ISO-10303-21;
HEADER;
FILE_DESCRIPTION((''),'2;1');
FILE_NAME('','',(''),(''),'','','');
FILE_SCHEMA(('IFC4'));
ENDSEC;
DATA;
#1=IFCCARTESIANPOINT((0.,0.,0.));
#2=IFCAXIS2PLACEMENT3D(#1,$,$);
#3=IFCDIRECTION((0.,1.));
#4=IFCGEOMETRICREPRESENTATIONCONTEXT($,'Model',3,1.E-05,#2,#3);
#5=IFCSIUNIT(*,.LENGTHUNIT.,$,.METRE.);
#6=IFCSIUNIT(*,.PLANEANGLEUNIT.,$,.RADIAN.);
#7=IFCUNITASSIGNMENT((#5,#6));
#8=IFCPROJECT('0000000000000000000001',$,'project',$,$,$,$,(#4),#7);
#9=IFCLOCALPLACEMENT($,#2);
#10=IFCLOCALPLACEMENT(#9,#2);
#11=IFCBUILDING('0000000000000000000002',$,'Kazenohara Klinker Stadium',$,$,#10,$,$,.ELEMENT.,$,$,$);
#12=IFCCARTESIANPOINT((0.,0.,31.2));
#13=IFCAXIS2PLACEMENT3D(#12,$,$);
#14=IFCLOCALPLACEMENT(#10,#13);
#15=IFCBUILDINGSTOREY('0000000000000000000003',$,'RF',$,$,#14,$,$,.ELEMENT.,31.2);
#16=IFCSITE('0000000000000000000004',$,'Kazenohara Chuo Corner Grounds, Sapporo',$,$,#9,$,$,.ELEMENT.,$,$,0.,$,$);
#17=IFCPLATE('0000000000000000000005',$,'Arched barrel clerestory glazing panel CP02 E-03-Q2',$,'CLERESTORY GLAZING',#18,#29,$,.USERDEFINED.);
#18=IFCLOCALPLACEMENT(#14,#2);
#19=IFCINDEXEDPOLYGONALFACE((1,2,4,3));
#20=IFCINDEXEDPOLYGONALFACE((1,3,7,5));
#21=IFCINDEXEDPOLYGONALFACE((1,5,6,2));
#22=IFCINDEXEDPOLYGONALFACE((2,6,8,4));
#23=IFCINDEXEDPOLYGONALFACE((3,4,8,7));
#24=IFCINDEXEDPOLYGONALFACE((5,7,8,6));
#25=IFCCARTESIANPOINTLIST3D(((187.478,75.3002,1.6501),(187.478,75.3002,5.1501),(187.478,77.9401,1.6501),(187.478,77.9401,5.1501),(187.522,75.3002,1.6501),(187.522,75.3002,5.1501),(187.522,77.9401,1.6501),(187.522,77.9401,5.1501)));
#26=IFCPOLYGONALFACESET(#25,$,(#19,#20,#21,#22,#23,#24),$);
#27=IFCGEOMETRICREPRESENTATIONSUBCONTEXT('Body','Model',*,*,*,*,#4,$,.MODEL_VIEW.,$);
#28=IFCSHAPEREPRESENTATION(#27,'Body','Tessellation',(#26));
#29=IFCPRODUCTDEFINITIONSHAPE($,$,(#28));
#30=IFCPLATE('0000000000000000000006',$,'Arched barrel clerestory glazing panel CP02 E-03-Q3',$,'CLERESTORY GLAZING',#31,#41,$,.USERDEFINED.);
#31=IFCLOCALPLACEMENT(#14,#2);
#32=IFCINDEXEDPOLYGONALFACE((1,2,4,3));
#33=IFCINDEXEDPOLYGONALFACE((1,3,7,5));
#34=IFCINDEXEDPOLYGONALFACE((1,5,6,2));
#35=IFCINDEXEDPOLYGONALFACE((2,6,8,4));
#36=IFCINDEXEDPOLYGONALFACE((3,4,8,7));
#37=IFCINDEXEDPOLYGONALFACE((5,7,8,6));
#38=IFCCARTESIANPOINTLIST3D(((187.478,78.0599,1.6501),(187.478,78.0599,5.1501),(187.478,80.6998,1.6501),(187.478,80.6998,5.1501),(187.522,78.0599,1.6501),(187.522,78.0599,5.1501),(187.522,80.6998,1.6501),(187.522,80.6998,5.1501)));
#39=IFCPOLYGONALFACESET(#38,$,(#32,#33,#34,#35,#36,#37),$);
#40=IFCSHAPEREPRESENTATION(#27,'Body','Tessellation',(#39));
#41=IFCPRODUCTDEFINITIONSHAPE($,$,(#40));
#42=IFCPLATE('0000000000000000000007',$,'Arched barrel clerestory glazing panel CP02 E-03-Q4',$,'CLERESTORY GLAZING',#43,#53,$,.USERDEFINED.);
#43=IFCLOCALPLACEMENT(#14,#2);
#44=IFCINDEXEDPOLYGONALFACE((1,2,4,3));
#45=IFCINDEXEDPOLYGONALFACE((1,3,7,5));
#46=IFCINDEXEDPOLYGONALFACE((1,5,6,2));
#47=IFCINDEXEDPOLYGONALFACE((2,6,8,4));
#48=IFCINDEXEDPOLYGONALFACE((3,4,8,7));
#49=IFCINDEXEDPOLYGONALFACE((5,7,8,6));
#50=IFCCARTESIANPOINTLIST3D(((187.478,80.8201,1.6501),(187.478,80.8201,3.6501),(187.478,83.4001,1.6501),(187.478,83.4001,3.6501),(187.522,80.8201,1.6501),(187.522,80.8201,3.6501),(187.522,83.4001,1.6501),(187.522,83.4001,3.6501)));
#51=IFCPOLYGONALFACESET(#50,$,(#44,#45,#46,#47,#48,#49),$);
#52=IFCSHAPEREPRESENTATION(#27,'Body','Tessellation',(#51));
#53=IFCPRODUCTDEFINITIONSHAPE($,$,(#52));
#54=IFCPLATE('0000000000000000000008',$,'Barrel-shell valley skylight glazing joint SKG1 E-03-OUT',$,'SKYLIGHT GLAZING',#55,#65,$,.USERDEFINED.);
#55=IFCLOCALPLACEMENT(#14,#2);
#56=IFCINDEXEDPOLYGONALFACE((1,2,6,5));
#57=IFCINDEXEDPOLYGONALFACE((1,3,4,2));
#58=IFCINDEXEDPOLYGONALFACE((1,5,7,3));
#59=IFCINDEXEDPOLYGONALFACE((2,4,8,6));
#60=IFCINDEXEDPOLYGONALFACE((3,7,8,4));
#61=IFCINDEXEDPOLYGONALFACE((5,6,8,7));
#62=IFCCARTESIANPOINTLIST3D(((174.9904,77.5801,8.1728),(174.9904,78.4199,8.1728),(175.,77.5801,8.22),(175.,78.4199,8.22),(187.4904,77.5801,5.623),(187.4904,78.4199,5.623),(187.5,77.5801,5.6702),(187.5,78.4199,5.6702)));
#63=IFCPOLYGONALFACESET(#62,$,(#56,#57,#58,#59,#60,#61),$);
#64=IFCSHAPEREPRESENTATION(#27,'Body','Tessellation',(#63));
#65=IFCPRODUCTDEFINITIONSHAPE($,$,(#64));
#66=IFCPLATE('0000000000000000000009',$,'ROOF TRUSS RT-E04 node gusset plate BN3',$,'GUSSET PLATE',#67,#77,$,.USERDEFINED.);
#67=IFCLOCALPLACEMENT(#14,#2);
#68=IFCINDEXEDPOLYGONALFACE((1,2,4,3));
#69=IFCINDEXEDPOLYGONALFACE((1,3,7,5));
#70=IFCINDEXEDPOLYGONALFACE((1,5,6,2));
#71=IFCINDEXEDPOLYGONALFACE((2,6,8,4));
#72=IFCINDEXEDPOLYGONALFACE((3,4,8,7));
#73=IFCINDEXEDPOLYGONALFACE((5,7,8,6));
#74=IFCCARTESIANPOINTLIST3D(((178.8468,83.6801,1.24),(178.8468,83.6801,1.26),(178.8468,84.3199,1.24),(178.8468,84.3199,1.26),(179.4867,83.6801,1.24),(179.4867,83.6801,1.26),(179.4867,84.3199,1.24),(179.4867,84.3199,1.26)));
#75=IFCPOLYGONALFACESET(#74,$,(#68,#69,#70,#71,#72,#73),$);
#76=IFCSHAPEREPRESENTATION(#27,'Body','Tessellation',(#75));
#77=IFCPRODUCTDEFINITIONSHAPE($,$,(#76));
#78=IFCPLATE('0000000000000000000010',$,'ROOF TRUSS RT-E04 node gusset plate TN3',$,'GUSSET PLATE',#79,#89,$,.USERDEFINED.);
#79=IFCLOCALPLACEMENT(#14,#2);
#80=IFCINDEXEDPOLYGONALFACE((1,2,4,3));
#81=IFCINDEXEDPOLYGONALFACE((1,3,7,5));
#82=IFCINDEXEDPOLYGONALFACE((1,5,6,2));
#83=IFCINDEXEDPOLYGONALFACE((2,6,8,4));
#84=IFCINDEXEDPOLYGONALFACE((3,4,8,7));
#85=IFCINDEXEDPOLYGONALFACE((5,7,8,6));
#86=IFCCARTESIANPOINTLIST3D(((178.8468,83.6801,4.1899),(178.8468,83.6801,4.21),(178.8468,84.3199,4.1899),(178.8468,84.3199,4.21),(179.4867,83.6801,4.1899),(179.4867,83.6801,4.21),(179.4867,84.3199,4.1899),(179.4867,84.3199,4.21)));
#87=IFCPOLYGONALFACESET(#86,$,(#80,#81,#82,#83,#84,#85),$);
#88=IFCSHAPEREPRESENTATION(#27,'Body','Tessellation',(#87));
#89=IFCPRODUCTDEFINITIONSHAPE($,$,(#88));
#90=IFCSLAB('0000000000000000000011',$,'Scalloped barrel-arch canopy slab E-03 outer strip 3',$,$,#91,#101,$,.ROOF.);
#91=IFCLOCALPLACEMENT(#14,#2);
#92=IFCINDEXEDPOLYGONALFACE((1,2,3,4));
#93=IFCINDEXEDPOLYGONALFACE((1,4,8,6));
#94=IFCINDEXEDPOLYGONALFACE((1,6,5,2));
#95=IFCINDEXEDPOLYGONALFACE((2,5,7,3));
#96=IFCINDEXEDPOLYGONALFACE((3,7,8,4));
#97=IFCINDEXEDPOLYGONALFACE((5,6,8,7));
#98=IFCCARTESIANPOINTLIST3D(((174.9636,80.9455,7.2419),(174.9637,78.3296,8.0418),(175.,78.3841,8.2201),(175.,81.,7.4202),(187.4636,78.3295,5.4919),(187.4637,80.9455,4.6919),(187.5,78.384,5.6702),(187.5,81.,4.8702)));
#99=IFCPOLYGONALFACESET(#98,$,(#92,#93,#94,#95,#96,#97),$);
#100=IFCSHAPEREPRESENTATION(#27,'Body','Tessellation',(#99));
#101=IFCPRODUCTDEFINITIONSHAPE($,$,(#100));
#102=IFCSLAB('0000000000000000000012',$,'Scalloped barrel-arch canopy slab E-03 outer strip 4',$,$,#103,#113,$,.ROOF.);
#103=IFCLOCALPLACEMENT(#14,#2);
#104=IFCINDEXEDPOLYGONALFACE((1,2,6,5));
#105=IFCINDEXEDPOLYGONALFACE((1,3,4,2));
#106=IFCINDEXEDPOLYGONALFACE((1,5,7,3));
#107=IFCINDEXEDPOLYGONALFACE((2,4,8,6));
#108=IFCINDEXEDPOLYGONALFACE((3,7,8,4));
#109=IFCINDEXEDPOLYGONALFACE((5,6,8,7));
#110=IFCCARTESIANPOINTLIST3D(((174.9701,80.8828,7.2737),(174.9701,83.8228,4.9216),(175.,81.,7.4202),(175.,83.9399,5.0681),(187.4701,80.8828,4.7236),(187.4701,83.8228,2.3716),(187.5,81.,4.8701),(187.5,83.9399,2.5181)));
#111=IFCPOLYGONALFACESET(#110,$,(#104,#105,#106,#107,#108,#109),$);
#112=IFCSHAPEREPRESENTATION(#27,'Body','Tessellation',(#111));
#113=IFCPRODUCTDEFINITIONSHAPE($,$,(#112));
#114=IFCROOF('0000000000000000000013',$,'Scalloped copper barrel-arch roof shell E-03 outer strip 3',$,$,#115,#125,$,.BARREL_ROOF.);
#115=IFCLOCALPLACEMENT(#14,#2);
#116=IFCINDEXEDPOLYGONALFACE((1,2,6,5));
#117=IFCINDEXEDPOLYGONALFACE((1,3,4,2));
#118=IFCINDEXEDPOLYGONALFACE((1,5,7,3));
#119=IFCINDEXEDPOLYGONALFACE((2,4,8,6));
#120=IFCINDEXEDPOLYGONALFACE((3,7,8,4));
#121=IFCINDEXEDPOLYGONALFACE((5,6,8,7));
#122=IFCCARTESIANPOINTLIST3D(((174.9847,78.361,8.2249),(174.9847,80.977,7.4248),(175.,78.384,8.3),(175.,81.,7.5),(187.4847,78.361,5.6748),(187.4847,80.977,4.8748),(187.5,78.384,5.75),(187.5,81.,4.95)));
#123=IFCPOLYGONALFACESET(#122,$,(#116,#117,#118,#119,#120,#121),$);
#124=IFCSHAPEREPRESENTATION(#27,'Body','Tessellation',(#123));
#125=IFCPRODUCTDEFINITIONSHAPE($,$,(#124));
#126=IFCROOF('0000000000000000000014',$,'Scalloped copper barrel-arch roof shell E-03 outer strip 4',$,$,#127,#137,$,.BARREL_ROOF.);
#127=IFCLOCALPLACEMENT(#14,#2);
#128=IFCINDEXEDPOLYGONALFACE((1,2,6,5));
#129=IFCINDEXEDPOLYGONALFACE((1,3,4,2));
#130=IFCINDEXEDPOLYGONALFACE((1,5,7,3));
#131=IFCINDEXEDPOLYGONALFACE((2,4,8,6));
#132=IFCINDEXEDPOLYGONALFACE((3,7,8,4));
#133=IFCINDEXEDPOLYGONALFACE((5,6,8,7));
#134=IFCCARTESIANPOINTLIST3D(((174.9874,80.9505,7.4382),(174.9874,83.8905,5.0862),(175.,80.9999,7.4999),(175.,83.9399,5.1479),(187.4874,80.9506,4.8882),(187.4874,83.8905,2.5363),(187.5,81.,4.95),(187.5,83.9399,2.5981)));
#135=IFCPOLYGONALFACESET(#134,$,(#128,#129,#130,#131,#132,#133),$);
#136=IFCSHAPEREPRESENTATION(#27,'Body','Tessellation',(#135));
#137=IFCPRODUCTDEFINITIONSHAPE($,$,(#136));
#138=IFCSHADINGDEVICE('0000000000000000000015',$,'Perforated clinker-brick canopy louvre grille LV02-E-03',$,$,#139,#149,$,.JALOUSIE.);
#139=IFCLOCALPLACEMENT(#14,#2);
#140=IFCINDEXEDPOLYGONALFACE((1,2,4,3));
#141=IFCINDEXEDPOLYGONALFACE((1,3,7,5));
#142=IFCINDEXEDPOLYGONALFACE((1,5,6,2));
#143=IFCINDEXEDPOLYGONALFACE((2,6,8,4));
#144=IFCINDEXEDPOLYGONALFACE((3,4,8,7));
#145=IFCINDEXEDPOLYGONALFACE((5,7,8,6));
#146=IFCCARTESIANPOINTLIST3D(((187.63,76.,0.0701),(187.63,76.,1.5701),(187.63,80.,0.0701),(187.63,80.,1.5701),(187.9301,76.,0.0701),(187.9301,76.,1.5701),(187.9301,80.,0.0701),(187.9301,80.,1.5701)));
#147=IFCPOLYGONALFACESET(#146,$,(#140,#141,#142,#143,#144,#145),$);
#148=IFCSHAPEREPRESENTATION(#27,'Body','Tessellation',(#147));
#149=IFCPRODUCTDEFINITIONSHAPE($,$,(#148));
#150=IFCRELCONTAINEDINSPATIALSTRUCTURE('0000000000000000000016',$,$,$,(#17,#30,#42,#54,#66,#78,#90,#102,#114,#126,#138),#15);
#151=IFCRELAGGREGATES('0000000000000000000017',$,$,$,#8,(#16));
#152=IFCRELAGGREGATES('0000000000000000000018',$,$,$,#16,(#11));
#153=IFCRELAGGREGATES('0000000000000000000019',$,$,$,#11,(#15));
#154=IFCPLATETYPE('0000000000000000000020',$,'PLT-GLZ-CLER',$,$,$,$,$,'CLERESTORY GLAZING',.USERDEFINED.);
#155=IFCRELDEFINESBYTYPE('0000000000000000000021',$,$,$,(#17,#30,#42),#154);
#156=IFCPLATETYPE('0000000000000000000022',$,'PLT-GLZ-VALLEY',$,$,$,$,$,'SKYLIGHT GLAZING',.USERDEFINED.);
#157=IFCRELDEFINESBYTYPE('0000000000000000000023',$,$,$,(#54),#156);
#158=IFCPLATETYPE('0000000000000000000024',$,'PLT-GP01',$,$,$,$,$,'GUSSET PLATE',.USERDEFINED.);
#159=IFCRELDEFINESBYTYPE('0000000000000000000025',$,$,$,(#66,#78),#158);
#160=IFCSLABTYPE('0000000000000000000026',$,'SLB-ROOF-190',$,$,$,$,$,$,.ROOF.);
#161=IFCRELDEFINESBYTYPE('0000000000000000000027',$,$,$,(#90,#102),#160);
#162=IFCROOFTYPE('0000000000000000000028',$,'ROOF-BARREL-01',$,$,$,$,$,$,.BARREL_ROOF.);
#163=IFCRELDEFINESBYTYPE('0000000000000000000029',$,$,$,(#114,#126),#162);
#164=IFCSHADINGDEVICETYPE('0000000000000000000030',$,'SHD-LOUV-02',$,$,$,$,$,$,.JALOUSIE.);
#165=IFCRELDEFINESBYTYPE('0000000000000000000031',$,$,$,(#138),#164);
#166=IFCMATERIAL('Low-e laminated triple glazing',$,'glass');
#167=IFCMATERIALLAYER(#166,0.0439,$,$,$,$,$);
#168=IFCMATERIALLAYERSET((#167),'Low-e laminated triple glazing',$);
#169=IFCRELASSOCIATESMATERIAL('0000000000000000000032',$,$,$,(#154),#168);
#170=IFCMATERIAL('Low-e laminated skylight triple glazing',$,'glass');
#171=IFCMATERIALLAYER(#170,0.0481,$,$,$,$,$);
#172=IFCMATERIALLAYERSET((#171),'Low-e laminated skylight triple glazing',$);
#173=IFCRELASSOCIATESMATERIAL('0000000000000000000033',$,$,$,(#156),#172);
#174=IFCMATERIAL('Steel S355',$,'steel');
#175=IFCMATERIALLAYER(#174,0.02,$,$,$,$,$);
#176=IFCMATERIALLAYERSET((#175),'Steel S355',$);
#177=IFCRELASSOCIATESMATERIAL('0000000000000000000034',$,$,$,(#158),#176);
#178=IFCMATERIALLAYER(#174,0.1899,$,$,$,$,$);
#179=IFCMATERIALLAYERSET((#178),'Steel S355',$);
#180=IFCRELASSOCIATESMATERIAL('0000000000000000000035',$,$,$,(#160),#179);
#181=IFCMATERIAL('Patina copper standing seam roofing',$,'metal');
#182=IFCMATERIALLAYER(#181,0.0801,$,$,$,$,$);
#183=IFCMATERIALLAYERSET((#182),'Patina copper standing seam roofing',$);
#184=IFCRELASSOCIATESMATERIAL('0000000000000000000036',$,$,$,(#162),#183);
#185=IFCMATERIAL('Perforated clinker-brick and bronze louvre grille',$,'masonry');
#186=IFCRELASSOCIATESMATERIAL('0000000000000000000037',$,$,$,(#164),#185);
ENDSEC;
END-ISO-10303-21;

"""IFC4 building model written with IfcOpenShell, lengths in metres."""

from ifc_helpers import new_model, si_unit, direction, frame, origin, origin_2d, place, context, subcontext, project, spatial, polyline, rectangle, outline, extrude, material, layer, layer_set, type_object, element, save


model = new_model("IFC4")

# Units and contexts
model_context = context("Model", 3, precision=1e-05, world=origin(), true_north=direction((0.0, 1.0)))
body_context = subcontext(model_context, "Body", "Model", "MODEL_VIEW")
ifc_project = project(units=[si_unit("LENGTHUNIT", "METRE"), si_unit("PLANEANGLEUNIT", "RADIAN")], contexts=[model_context])

# Site, building, storey
site_placement = place(None, origin())
site = spatial("IfcSite", under=ifc_project, at=site_placement, Name="Kazenohara Chuo Corner Grounds, Sapporo", CompositionType="ELEMENT", RefElevation=0.0)
building_placement = place(site_placement, origin())
building = spatial("IfcBuilding", under=site, at=building_placement, Name="Kazenohara Klinker Stadium", CompositionType="ELEMENT")
storey_placement = place(building_placement, frame((0.0, 0.0, 31.2)))
storey = spatial("IfcBuildingStorey", under=building, at=storey_placement, Name="RF", CompositionType="ELEMENT", Elevation=31.2)

# Shared definitions
ifc_material_1 = material(Name="Steel S355", Category="steel")

# Plates
ifc_material_2 = material(Name="Low-e laminated triple glazing", Category="glass")
ifc_layer_1 = layer(ifc_material_2, 0.0439)
ifc_layer_set_1 = layer_set([ifc_layer_1], Name="Low-e laminated triple glazing")
plate_type_1 = type_object("IfcPlateType", Name="PLT-GLZ-CLER", ElementType="CLERESTORY GLAZING", PredefinedType="USERDEFINED", material=ifc_layer_set_1)
for number, where, z_axis, x_axis, name in (
    (1, (187.5, 76.6201, 1.6501), (0.0, 0.0, 1.0), (1.0, 0.0, 0.0), "Arched barrel clerestory glazing panel CP02 E-03-Q2"),
    (2, (187.5, 79.3799, 1.6501), (0.0, 0.0, 1.0), (1.0, 0.0, 0.0), "Arched barrel clerestory glazing panel CP02 E-03-Q3"),
):
    element("IfcPlate", number, at=place(storey_placement, frame(where, z_axis=z_axis, x_axis=x_axis)), inside=storey, type_object=plate_type_1, Name=name, ObjectType="CLERESTORY GLAZING", PredefinedType="USERDEFINED", context=body_context, shape_type="SweptSolid", body=[
        extrude(rectangle(XDim=0.0439, YDim=2.6399, at=origin_2d()), origin(), (0.0, 0.0, 1.0), 3.5),
    ])
plate_1_placement = place(storey_placement, frame((187.5, 82.1101, 1.6501), z_axis=(0.0, 0.0, 1.0), x_axis=(1.0, 0.0, 0.0)))
element("IfcPlate", 3, at=plate_1_placement, inside=storey, type_object=plate_type_1, Name="Arched barrel clerestory glazing panel CP02 E-03-Q4", ObjectType="CLERESTORY GLAZING", PredefinedType="USERDEFINED", context=body_context, shape_type="SweptSolid", body=[
    extrude(rectangle(XDim=0.0439, YDim=2.5801, at=origin_2d()), origin(), (0.0, 0.0, 1.0), 2.0),
])
ifc_material_3 = material(Name="Low-e laminated skylight triple glazing", Category="glass")
ifc_layer_2 = layer(ifc_material_3, 0.0481)
ifc_layer_set_2 = layer_set([ifc_layer_2], Name="Low-e laminated skylight triple glazing")
plate_type_2 = type_object("IfcPlateType", Name="PLT-GLZ-VALLEY", ElementType="SKYLIGHT GLAZING", PredefinedType="USERDEFINED", material=ifc_layer_set_2)
plate_2_placement = place(storey_placement, frame((187.5, 77.5801, 5.6702), z_axis=(0.199869, 0.0, 0.979823), x_axis=(-0.979823, 0.0, 0.199869)))
element("IfcPlate", 4, at=plate_2_placement, inside=storey, type_object=plate_type_2, Name="Barrel-shell valley skylight glazing joint SKG1 E-03-OUT", ObjectType="SKYLIGHT GLAZING", PredefinedType="USERDEFINED", context=body_context, shape_type="SweptSolid", body=[
    extrude(outline(polyline([(0.0, 0.0), (12.7574, 0.0), (12.7574, -0.8398), (0.0, -0.8398), (0.0, 0.0)])), origin(), (0.0, 0.0, -1.0), 0.0481),
])
ifc_layer_3 = layer(ifc_material_1, 0.02)
ifc_layer_set_3 = layer_set([ifc_layer_3], Name="Steel S355")
plate_type_3 = type_object("IfcPlateType", Name="PLT-GP01", ElementType="GUSSET PLATE", PredefinedType="USERDEFINED", material=ifc_layer_set_3)
for number, where, z_axis, x_axis, name in (
    (5, (179.1667, 84.0, 1.24), (0.0, 0.0, 1.0), (1.0, 0.0, 0.0), "ROOF TRUSS RT-E04 node gusset plate BN3"),
    (6, (179.1667, 84.0, 4.1899), (0.0, 0.0, 1.0), (1.0, 0.0, 0.0), "ROOF TRUSS RT-E04 node gusset plate TN3"),
):
    element("IfcPlate", number, at=place(storey_placement, frame(where, z_axis=z_axis, x_axis=x_axis)), inside=storey, type_object=plate_type_3, Name=name, ObjectType="GUSSET PLATE", PredefinedType="USERDEFINED", context=body_context, shape_type="SweptSolid", body=[
        extrude(rectangle(XDim=0.6399, YDim=0.6399, at=origin_2d()), origin(), (0.0, 0.0, 1.0), 0.02),
    ])

# Slabs
ifc_layer_4 = layer(ifc_material_1, 0.1899)
ifc_layer_set_4 = layer_set([ifc_layer_4], Name="Steel S355")
slab_type = type_object("IfcSlabType", Name="SLB-ROOF-190", PredefinedType="ROOF", material=ifc_layer_set_4)
slab_1_placement = place(storey_placement, frame((187.5, 78.384, 5.6702), z_axis=(0.191468, 0.28701, 0.938597), x_axis=(-0.979821, 0.000003, 0.199877)))
element("IfcSlab", 7, at=slab_1_placement, inside=storey, type_object=slab_type, Name="Scalloped barrel-arch canopy slab E-03 outer strip 3", PredefinedType="ROOF", context=body_context, shape_type="SweptSolid", body=[
    extrude(outline(polyline([(0.0, 0.0), (12.7574, 0.0), (12.5976, -2.7308), (-0.1599, -2.7309), (0.0, 0.0)])), origin(), (0.0, 0.0, -1.0), 0.1899),
])
slab_2_placement = place(storey_placement, frame((187.5, 81.0, 4.8701), z_axis=(0.157314, 0.616932, 0.771133), x_axis=(-0.979819, 0.0, 0.199887)))
element("IfcSlab", 8, at=slab_2_placement, inside=storey, type_object=slab_type, Name="Scalloped barrel-arch canopy slab E-03 outer strip 4", PredefinedType="ROOF", context=body_context, shape_type="SweptSolid", body=[
    extrude(outline(polyline([(0.0, 0.0), (12.7575, 0.0), (12.2873, -3.7356), (-0.4701, -3.7356), (0.0, 0.0)])), origin(), (0.0, 0.0, -1.0), 0.1899),
])

# Roofs
ifc_material_4 = material(Name="Patina copper standing seam roofing", Category="metal")
ifc_layer_5 = layer(ifc_material_4, 0.0801)
ifc_layer_set_5 = layer_set([ifc_layer_5], Name="Patina copper standing seam roofing")
roof_type = type_object("IfcRoofType", Name="ROOF-BARREL-01", PredefinedType="BARREL_ROOF", material=ifc_layer_set_5)
roof_1_placement = place(storey_placement, frame((187.5, 78.384, 5.75), z_axis=(0.191475, 0.28705, 0.938584), x_axis=(-0.979819, 0.0, 0.199887)))
element("IfcRoof", 9, at=roof_1_placement, inside=storey, type_object=roof_type, Name="Scalloped copper barrel-arch roof shell E-03 outer strip 3", PredefinedType="BARREL_ROOF", context=body_context, shape_type="SweptSolid", body=[
    extrude(outline(polyline([(0.0, 0.0), (12.7575, 0.0), (12.5975, -2.7309), (-0.1599, -2.7309), (0.0, 0.0)])), origin(), (0.0, 0.0, -1.0), 0.0801),
])
roof_2_placement = place(storey_placement, frame((187.5, 81.0, 4.95), z_axis=(0.15731, 0.616913, 0.77115), x_axis=(-0.97982, -0.000005, 0.199881)))
element("IfcRoof", 10, at=roof_2_placement, inside=storey, type_object=roof_type, Name="Scalloped copper barrel-arch roof shell E-03 outer strip 4", PredefinedType="BARREL_ROOF", context=body_context, shape_type="SweptSolid", body=[
    extrude(outline(polyline([(0.0, 0.0), (12.7575, 0.0), (12.2873, -3.7356), (-0.4701, -3.7354), (0.0, 0.0)])), origin(), (0.0, 0.0, -1.0), 0.0801),
])

# Shading device
ifc_material_5 = material(Name="Perforated clinker-brick and bronze louvre grille", Category="masonry")
shading_device_type = type_object("IfcShadingDeviceType", Name="SHD-LOUV-02", PredefinedType="JALOUSIE", material=ifc_material_5)
shading_device_placement = place(storey_placement, frame((187.78, 78.0, 0.0701), z_axis=(0.0, 0.0, 1.0), x_axis=(0.0, 1.0, 0.0)))
element("IfcShadingDevice", 11, at=shading_device_placement, inside=storey, type_object=shading_device_type, Name="Perforated clinker-brick canopy louvre grille LV02-E-03", PredefinedType="JALOUSIE", context=body_context, shape_type="SweptSolid", body=[
    extrude(rectangle(XDim=4.0, YDim=0.3, at=origin_2d()), origin(), (0.0, 0.0, 1.0), 1.5),
])

save(model, "model.ifc")
